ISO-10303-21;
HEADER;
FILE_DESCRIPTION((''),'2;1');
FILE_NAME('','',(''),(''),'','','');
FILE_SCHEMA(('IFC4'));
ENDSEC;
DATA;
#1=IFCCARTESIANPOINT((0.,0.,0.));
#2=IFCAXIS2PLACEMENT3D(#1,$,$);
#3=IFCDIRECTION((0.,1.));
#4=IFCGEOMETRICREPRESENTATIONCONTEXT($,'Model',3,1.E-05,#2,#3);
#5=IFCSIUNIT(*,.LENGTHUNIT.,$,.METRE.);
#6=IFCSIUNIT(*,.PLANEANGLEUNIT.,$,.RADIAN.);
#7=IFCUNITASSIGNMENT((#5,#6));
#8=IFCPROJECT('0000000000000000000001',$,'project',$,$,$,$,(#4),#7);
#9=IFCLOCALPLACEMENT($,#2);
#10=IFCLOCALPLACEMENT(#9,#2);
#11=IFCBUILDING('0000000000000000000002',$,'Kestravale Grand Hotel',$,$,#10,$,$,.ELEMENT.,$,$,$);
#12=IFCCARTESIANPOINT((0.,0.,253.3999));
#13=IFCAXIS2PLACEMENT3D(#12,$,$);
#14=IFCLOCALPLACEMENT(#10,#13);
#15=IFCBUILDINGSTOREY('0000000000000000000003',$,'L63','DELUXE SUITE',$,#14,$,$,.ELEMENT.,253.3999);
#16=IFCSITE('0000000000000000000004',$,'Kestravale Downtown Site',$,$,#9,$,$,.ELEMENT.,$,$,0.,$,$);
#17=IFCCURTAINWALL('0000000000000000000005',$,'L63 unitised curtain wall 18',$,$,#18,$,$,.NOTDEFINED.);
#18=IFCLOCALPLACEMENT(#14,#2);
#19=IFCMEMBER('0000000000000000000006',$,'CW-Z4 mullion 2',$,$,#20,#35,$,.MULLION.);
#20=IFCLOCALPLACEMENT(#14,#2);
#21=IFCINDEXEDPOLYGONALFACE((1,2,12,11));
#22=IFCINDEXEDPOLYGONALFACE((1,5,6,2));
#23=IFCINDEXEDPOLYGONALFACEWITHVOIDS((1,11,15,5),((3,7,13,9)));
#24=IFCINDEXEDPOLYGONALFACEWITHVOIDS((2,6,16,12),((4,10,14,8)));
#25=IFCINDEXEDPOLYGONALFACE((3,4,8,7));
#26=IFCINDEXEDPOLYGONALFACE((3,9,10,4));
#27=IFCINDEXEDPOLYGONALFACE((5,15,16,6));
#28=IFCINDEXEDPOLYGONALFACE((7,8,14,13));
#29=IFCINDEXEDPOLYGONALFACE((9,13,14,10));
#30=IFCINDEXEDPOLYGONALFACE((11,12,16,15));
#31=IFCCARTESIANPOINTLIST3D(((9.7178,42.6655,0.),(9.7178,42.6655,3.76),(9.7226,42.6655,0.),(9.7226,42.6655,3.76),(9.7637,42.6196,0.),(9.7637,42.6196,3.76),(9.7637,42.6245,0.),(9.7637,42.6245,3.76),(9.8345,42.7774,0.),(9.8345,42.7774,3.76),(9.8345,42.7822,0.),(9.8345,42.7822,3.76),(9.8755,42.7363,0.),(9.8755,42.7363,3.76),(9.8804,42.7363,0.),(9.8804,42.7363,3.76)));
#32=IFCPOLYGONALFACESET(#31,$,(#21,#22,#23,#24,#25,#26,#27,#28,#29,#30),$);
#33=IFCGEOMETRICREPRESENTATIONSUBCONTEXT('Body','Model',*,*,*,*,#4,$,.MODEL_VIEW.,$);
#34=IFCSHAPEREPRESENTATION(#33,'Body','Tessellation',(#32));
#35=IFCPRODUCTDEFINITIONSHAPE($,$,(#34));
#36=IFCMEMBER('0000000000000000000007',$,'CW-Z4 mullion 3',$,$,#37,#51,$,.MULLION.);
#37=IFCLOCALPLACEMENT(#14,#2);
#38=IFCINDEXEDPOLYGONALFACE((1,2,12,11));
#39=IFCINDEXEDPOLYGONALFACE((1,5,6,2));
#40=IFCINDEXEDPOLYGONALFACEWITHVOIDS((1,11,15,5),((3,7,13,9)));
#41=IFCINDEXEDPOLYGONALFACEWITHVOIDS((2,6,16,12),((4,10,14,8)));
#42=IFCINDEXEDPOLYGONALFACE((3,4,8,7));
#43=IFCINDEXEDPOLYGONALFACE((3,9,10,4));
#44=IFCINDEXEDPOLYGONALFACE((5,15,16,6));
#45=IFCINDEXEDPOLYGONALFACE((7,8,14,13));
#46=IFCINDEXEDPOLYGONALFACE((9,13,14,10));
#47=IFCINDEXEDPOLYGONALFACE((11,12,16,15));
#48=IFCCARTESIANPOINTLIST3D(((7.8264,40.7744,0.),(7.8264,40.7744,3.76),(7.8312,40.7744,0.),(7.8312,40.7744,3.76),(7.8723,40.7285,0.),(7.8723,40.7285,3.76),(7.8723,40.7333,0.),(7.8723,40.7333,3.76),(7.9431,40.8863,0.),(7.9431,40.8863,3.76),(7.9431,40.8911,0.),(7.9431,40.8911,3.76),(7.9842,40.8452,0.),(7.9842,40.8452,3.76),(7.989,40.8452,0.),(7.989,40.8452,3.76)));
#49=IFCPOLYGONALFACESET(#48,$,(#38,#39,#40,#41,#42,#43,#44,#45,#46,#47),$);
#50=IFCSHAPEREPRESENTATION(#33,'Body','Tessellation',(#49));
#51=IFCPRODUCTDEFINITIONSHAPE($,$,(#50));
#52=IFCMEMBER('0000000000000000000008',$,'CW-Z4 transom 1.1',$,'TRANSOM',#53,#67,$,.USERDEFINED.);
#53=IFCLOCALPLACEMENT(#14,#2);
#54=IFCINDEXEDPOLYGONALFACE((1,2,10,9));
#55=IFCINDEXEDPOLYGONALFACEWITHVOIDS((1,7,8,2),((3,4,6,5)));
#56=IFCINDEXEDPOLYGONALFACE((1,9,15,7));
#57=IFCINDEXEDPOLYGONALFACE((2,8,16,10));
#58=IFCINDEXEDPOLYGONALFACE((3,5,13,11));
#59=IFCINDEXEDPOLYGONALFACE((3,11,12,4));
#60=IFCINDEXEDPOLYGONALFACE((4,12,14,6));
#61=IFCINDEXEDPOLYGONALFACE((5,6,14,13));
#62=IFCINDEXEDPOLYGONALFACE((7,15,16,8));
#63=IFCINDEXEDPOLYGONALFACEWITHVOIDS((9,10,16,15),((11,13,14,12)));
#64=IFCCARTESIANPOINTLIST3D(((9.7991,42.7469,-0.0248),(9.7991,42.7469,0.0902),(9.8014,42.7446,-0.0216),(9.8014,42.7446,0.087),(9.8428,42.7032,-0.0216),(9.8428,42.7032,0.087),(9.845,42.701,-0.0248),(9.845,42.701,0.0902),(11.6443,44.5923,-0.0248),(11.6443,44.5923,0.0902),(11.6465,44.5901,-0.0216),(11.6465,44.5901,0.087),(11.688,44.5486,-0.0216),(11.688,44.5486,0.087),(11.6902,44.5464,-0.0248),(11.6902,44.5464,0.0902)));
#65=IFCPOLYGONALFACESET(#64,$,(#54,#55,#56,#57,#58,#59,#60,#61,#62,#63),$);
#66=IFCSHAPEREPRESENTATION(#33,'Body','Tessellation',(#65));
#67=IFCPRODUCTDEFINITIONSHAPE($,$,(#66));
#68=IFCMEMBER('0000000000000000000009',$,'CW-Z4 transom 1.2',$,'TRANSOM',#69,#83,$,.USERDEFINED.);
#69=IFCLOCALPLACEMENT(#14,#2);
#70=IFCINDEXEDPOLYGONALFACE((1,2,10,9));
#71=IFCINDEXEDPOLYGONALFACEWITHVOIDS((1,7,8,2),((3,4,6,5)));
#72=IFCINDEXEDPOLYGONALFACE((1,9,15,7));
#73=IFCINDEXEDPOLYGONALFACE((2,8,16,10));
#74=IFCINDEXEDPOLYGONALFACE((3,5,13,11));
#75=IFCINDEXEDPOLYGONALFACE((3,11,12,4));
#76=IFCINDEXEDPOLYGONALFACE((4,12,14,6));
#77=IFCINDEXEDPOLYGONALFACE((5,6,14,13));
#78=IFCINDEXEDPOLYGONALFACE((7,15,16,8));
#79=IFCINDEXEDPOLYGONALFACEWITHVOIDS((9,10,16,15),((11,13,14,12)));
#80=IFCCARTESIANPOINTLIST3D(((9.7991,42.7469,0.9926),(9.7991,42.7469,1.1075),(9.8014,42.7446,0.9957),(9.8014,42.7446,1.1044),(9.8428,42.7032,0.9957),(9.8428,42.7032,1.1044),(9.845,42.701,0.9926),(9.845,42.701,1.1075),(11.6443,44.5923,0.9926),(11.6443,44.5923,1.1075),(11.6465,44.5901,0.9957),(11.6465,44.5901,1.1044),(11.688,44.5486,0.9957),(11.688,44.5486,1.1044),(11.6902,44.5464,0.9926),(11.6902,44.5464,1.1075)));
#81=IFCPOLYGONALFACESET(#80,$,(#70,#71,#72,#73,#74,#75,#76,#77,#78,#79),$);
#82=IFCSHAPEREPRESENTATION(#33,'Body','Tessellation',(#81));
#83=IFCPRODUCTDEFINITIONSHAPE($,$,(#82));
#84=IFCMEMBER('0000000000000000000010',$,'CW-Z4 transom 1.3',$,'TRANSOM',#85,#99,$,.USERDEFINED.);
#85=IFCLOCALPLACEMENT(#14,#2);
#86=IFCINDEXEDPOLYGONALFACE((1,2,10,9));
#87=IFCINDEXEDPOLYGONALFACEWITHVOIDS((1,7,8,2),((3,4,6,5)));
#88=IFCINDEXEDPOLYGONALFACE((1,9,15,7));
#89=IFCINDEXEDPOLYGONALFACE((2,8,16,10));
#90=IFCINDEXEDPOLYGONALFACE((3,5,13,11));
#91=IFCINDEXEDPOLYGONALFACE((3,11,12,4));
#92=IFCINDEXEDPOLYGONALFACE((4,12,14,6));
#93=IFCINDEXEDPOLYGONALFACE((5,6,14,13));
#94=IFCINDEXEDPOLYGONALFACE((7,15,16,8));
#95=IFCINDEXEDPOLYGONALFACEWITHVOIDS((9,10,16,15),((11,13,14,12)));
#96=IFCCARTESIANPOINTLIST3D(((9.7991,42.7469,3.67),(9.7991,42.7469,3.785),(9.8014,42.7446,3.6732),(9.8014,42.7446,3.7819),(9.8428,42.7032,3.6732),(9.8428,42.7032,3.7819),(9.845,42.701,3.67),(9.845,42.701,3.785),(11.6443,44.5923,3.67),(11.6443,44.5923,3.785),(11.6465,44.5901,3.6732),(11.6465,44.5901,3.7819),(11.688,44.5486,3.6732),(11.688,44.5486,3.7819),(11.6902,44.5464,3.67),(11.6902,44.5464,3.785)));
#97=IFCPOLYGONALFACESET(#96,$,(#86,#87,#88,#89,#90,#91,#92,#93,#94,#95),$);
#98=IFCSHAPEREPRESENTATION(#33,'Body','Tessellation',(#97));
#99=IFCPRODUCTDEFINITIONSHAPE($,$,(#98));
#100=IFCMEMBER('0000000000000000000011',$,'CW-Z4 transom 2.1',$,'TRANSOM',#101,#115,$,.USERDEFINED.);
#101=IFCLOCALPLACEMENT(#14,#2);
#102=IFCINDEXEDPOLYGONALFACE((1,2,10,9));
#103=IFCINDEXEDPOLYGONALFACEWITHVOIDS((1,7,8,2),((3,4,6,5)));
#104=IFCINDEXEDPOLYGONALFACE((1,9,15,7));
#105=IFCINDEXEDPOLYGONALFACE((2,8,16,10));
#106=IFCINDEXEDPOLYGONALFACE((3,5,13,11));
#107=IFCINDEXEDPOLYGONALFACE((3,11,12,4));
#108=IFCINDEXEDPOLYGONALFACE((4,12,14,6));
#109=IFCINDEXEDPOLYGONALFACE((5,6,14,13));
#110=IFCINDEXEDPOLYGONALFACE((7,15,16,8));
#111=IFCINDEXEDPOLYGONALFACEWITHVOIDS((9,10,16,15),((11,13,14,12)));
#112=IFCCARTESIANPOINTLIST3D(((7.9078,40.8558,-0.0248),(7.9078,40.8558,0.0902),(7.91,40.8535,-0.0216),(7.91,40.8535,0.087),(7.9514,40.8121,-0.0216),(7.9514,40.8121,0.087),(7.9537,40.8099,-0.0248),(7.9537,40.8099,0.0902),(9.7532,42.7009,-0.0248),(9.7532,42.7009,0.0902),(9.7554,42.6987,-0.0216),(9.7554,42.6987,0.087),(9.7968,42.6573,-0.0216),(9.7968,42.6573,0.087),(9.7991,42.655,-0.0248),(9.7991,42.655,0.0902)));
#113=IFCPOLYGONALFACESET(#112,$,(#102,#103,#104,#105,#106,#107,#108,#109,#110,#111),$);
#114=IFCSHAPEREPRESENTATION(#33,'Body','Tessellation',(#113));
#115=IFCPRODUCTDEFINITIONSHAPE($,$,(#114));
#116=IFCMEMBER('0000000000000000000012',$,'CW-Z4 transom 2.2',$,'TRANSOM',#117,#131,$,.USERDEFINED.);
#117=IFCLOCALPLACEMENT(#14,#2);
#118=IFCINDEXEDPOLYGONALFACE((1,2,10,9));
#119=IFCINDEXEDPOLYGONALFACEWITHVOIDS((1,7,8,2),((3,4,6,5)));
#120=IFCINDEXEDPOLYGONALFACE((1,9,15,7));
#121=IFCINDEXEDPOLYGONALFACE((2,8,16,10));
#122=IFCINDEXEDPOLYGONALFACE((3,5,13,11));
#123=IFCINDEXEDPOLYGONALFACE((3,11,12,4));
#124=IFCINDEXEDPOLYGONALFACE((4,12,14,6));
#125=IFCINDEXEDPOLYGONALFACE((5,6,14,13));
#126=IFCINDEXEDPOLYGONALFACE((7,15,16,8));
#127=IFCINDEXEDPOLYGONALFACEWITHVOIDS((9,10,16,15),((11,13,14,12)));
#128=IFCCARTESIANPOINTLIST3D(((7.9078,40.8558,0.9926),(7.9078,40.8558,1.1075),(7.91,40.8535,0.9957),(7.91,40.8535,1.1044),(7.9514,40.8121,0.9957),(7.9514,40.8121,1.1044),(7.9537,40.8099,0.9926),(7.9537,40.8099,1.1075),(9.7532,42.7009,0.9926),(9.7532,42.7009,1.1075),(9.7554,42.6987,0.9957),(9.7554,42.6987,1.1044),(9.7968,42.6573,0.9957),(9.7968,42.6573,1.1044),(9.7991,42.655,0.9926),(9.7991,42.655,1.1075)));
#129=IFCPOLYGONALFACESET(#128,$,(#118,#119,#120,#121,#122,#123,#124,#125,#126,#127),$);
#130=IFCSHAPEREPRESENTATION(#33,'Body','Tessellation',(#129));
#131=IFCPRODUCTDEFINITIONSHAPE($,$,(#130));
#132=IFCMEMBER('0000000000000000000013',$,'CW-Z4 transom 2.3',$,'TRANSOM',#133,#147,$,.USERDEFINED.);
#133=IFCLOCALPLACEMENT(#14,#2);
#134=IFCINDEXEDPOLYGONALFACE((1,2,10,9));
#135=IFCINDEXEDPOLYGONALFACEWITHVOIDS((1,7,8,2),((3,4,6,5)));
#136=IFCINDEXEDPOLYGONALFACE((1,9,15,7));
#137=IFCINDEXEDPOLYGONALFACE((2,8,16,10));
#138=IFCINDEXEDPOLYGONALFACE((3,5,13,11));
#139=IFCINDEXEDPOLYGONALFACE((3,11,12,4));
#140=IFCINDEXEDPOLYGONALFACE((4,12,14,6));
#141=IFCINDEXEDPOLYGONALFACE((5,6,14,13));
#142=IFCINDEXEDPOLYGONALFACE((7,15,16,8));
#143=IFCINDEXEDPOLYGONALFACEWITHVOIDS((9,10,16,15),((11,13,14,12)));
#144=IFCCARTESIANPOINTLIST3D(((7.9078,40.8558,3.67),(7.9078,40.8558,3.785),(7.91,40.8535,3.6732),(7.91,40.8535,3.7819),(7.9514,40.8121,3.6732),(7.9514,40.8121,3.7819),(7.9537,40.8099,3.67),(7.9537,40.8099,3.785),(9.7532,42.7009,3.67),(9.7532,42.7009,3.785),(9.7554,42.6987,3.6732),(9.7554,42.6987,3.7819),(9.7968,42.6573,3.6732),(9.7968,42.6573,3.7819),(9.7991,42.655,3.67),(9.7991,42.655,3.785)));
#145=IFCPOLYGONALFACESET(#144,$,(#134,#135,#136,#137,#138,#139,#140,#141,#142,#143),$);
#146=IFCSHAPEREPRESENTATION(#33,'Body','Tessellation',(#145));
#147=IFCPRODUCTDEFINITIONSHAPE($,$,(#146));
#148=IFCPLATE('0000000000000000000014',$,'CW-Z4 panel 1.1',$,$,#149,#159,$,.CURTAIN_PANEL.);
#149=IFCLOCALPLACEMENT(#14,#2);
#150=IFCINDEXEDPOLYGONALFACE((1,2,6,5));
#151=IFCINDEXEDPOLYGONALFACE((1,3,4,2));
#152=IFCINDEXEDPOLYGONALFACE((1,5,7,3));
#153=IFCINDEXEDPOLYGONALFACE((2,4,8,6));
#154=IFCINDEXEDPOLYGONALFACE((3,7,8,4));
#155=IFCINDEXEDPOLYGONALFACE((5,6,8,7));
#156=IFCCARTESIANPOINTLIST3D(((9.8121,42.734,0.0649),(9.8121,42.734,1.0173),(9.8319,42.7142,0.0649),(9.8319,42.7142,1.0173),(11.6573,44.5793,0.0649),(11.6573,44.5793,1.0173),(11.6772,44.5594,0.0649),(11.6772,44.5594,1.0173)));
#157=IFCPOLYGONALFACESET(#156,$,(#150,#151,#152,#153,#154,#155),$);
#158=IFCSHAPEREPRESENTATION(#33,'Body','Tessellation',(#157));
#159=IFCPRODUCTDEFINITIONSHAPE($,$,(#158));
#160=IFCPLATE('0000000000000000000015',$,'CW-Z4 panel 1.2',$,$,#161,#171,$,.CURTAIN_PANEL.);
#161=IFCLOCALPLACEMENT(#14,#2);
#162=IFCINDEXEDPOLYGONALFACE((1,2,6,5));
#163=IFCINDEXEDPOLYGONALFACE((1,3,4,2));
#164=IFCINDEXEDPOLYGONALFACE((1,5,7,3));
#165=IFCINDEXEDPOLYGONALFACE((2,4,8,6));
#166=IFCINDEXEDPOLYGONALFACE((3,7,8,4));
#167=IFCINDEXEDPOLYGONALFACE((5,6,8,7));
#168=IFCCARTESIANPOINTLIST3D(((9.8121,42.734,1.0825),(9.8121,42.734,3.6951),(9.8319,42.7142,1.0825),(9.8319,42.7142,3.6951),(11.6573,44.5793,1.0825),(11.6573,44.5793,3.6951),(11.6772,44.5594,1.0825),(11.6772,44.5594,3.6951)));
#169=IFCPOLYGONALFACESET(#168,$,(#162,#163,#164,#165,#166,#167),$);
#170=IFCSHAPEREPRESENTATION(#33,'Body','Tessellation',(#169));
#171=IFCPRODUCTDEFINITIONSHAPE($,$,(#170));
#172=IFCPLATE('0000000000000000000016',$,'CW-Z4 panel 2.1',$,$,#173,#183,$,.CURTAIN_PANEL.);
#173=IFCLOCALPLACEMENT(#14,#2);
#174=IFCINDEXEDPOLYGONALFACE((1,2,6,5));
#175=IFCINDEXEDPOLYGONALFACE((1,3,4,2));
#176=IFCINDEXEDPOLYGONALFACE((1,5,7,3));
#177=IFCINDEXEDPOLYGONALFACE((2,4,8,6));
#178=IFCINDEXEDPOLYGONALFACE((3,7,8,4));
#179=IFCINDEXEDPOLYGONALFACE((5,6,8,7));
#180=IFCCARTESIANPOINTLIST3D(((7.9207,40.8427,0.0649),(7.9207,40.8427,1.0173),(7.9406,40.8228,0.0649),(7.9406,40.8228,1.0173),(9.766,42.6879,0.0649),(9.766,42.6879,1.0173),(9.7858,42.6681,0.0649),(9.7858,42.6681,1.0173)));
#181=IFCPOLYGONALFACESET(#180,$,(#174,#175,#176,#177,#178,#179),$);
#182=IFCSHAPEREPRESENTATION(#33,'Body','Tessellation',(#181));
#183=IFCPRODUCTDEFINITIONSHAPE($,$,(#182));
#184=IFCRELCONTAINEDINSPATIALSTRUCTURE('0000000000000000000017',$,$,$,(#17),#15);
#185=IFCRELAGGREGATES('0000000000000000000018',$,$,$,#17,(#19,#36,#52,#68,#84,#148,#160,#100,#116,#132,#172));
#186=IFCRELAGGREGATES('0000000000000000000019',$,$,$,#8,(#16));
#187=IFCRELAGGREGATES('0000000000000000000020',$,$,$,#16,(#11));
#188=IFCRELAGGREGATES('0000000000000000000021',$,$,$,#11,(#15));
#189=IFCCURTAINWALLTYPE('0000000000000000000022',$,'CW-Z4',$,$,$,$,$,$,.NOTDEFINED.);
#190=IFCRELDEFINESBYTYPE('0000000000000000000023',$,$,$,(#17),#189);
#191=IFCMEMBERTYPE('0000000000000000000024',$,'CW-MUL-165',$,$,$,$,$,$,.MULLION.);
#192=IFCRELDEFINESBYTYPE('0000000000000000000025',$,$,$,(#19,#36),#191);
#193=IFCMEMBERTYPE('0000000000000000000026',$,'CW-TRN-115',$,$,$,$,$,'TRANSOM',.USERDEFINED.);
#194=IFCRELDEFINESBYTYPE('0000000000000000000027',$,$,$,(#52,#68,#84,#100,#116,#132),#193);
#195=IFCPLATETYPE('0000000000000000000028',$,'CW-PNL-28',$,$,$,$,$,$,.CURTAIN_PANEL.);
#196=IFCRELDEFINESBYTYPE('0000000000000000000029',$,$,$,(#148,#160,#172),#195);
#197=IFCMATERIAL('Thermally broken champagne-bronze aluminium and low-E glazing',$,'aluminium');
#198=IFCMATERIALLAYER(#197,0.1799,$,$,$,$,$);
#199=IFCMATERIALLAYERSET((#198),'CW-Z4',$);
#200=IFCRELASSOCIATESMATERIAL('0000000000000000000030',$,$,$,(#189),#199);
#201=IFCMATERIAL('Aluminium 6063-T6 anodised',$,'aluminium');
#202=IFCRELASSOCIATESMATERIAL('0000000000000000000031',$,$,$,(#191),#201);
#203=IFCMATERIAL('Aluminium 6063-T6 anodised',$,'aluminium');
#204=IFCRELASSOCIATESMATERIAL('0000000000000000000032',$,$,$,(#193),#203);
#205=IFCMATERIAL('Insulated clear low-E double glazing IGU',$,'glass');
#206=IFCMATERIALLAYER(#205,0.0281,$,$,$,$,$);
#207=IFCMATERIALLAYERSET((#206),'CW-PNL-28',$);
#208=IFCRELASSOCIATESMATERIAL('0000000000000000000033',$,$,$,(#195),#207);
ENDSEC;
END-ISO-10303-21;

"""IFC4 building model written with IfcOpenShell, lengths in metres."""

from ifc_helpers import new_model, si_unit, direction, frame, origin, origin_2d, place, context, subcontext, project, spatial, rectangle, hollow_rectangle, extrude, material, layer, layer_set, material_profile, profile_set, type_object, element, aggregate, save


model = new_model("IFC4")

# Units and contexts
model_context = context("Model", 3, precision=1e-05, world=origin(), true_north=direction((0.0, 1.0)))
body_context = subcontext(model_context, "Body", "Model", "MODEL_VIEW")
ifc_project = project(units=[si_unit("LENGTHUNIT", "METRE"), si_unit("PLANEANGLEUNIT", "RADIAN")], contexts=[model_context])

# Site, building, storey
site_placement = place(None, origin())
site = spatial("IfcSite", under=ifc_project, at=site_placement, Name="Kestravale Downtown Site", CompositionType="ELEMENT", RefElevation=0.0)
building_placement = place(site_placement, origin())
building = spatial("IfcBuilding", under=site, at=building_placement, Name="Kestravale Grand Hotel", CompositionType="ELEMENT")
storey_placement = place(building_placement, frame((0.0, 0.0, 253.3999)))
storey = spatial("IfcBuildingStorey", under=building, at=storey_placement, Name="L63", Description="DELUXE SUITE", CompositionType="ELEMENT", Elevation=253.3999)

# Curtain wall, members, plates
ifc_material_1 = material(Name="Thermally broken champagne-bronze aluminium and low-E glazing", Category="aluminium")
ifc_layer_1 = layer(ifc_material_1, 0.1799)
ifc_layer_set_1 = layer_set([ifc_layer_1], Name="CW-Z4")
curtain_wall_type = type_object("IfcCurtainWallType", Name="CW-Z4", PredefinedType="NOTDEFINED", material=ifc_layer_set_1)
curtain_wall_placement = place(storey_placement, origin())
curtain_wall = element("IfcCurtainWall", 1, at=curtain_wall_placement, inside=storey, type_object=curtain_wall_type, Name="L63 unitised curtain wall 18", PredefinedType="NOTDEFINED")
ifc_material_2 = material(Name="Aluminium 6063-T6 anodised", Category="aluminium")
ifc_material_profile_1 = material_profile(ifc_material_2, hollow_rectangle(XDim=0.0649, YDim=0.165, WallThickness=0.0034, at=origin_2d()))
ifc_profile_set_1 = profile_set([ifc_material_profile_1], Name="Aluminium 6063-T6 anodised")
member_type_1 = type_object("IfcMemberType", Name="CW-MUL-165", PredefinedType="MULLION", material=ifc_profile_set_1)
member_1_placement = place(storey_placement, frame((9.7991, 42.7009, 0.0), z_axis=(0.0, 0.0, 1.0), x_axis=(0.707107, -0.707107, 0.0)))
member_1 = element("IfcMember", 2, at=member_1_placement, type_object=member_type_1, Name="CW-Z4 mullion 2", PredefinedType="MULLION", context=body_context, shape_type="SweptSolid", body=[
    extrude(hollow_rectangle(XDim=0.0649, YDim=0.165, WallThickness=0.0034, at=origin_2d()), origin(), (0.0, 0.0, 1.0), 3.76),
])
member_2_placement = place(storey_placement, frame((7.9077, 40.8098, 0.0), z_axis=(0.0, 0.0, 1.0), x_axis=(0.707107, -0.707107, 0.0)))
member_2 = element("IfcMember", 3, at=member_2_placement, type_object=member_type_1, Name="CW-Z4 mullion 3", PredefinedType="MULLION", context=body_context, shape_type="SweptSolid", body=[
    extrude(hollow_rectangle(XDim=0.0649, YDim=0.165, WallThickness=0.0034, at=origin_2d()), origin(), (0.0, 0.0, 1.0), 3.76),
])
ifc_material_3 = material(Name="Aluminium 6063-T6 anodised", Category="aluminium")
ifc_material_profile_2 = material_profile(ifc_material_3, hollow_rectangle(XDim=0.0649, YDim=0.115, WallThickness=0.0032, at=origin_2d()))
ifc_profile_set_2 = profile_set([ifc_material_profile_2], Name="Aluminium 6063-T6 anodised")
member_type_2 = type_object("IfcMemberType", Name="CW-TRN-115", ElementType="TRANSOM", PredefinedType="USERDEFINED", material=ifc_profile_set_2)
member_3_placement = place(storey_placement, frame((11.6672, 44.5693, 0.0327), z_axis=(-0.70706, -0.707154, 0.0), x_axis=(0.707154, -0.70706, 0.0)))
member_3 = element("IfcMember", 4, at=member_3_placement, type_object=member_type_2, Name="CW-Z4 transom 1.1", ObjectType="TRANSOM", PredefinedType="USERDEFINED", context=body_context, shape_type="SweptSolid", body=[
    extrude(hollow_rectangle(XDim=0.0649, YDim=0.115, WallThickness=0.0032, at=origin_2d()), origin(), (0.0, 0.0, 1.0), 2.6096),
])
member_4_placement = place(storey_placement, frame((11.6672, 44.5693, 1.05), z_axis=(-0.70706, -0.707154, 0.0), x_axis=(0.707154, -0.70706, 0.0)))
member_4 = element("IfcMember", 5, at=member_4_placement, type_object=member_type_2, Name="CW-Z4 transom 1.2", ObjectType="TRANSOM", PredefinedType="USERDEFINED", context=body_context, shape_type="SweptSolid", body=[
    extrude(hollow_rectangle(XDim=0.0649, YDim=0.115, WallThickness=0.0032, at=origin_2d()), origin(), (0.0, 0.0, 1.0), 2.6096),
])
member_5_placement = place(storey_placement, frame((11.6672, 44.5693, 3.7275), z_axis=(-0.70706, -0.707154, 0.0), x_axis=(0.707154, -0.70706, 0.0)))
member_5 = element("IfcMember", 6, at=member_5_placement, type_object=member_type_2, Name="CW-Z4 transom 1.3", ObjectType="TRANSOM", PredefinedType="USERDEFINED", context=body_context, shape_type="SweptSolid", body=[
    extrude(hollow_rectangle(XDim=0.0649, YDim=0.115, WallThickness=0.0032, at=origin_2d()), origin(), (0.0, 0.0, 1.0), 2.6096),
])
member_6_placement = place(storey_placement, frame((9.7761, 42.678, 0.0327), z_axis=(-0.707154, -0.70706, 0.0), x_axis=(0.70706, -0.707154, 0.0)))
member_6 = element("IfcMember", 7, at=member_6_placement, type_object=member_type_2, Name="CW-Z4 transom 2.1", ObjectType="TRANSOM", PredefinedType="USERDEFINED", context=body_context, shape_type="SweptSolid", body=[
    extrude(hollow_rectangle(XDim=0.0649, YDim=0.115, WallThickness=0.0032, at=origin_2d()), origin(), (0.0, 0.0, 1.0), 2.6096),
])
member_7_placement = place(storey_placement, frame((9.7761, 42.678, 1.05), z_axis=(-0.707154, -0.70706, 0.0), x_axis=(0.70706, -0.707154, 0.0)))
member_7 = element("IfcMember", 8, at=member_7_placement, type_object=member_type_2, Name="CW-Z4 transom 2.2", ObjectType="TRANSOM", PredefinedType="USERDEFINED", context=body_context, shape_type="SweptSolid", body=[
    extrude(hollow_rectangle(XDim=0.0649, YDim=0.115, WallThickness=0.0032, at=origin_2d()), origin(), (0.0, 0.0, 1.0), 2.6096),
])
member_8_placement = place(storey_placement, frame((9.7761, 42.678, 3.7275), z_axis=(-0.707154, -0.70706, 0.0), x_axis=(0.70706, -0.707154, 0.0)))
member_8 = element("IfcMember", 9, at=member_8_placement, type_object=member_type_2, Name="CW-Z4 transom 2.3", ObjectType="TRANSOM", PredefinedType="USERDEFINED", context=body_context, shape_type="SweptSolid", body=[
    extrude(hollow_rectangle(XDim=0.0649, YDim=0.115, WallThickness=0.0032, at=origin_2d()), origin(), (0.0, 0.0, 1.0), 2.6096),
])
ifc_material_4 = material(Name="Insulated clear low-E double glazing IGU", Category="glass")
ifc_layer_2 = layer(ifc_material_4, 0.0281)
ifc_layer_set_2 = layer_set([ifc_layer_2], Name="CW-PNL-28")
plate_type = type_object("IfcPlateType", Name="CW-PNL-28", PredefinedType="CURTAIN_PANEL", material=ifc_layer_set_2)
plate_1_placement = place(storey_placement, frame((10.7446, 43.6467, 0.0649), z_axis=(0.0, 0.0, 1.0), x_axis=(-0.707107, -0.707107, 0.0)))
plate_1 = element("IfcPlate", 10, at=plate_1_placement, type_object=plate_type, Name="CW-Z4 panel 1.1", PredefinedType="CURTAIN_PANEL", context=body_context, shape_type="SweptSolid", body=[
    extrude(rectangle(XDim=2.6096, YDim=0.0281, at=origin_2d()), origin(), (0.0, 0.0, 1.0), 0.9524),
])
plate_2_placement = place(storey_placement, frame((10.7446, 43.6467, 1.0825), z_axis=(0.0, 0.0, 1.0), x_axis=(-0.707107, -0.707107, 0.0)))
plate_2 = element("IfcPlate", 11, at=plate_2_placement, type_object=plate_type, Name="CW-Z4 panel 1.2", PredefinedType="CURTAIN_PANEL", context=body_context, shape_type="SweptSolid", body=[
    extrude(rectangle(XDim=2.6096, YDim=0.0281, at=origin_2d()), origin(), (0.0, 0.0, 1.0), 2.6125),
])
plate_3_placement = place(storey_placement, frame((8.8533, 41.7554, 0.0649), z_axis=(0.0, 0.0, 1.0), x_axis=(-0.707107, -0.707107, 0.0)))
plate_3 = element("IfcPlate", 12, at=plate_3_placement, type_object=plate_type, Name="CW-Z4 panel 2.1", PredefinedType="CURTAIN_PANEL", context=body_context, shape_type="SweptSolid", body=[
    extrude(rectangle(XDim=2.6096, YDim=0.0281, at=origin_2d()), origin(), (0.0, 0.0, 1.0), 0.9524),
])
aggregate(curtain_wall, [member_1, member_2, member_3, member_4, member_5, plate_1, plate_2, member_6, member_7, member_8, plate_3])

save(model, "model.ifc")
